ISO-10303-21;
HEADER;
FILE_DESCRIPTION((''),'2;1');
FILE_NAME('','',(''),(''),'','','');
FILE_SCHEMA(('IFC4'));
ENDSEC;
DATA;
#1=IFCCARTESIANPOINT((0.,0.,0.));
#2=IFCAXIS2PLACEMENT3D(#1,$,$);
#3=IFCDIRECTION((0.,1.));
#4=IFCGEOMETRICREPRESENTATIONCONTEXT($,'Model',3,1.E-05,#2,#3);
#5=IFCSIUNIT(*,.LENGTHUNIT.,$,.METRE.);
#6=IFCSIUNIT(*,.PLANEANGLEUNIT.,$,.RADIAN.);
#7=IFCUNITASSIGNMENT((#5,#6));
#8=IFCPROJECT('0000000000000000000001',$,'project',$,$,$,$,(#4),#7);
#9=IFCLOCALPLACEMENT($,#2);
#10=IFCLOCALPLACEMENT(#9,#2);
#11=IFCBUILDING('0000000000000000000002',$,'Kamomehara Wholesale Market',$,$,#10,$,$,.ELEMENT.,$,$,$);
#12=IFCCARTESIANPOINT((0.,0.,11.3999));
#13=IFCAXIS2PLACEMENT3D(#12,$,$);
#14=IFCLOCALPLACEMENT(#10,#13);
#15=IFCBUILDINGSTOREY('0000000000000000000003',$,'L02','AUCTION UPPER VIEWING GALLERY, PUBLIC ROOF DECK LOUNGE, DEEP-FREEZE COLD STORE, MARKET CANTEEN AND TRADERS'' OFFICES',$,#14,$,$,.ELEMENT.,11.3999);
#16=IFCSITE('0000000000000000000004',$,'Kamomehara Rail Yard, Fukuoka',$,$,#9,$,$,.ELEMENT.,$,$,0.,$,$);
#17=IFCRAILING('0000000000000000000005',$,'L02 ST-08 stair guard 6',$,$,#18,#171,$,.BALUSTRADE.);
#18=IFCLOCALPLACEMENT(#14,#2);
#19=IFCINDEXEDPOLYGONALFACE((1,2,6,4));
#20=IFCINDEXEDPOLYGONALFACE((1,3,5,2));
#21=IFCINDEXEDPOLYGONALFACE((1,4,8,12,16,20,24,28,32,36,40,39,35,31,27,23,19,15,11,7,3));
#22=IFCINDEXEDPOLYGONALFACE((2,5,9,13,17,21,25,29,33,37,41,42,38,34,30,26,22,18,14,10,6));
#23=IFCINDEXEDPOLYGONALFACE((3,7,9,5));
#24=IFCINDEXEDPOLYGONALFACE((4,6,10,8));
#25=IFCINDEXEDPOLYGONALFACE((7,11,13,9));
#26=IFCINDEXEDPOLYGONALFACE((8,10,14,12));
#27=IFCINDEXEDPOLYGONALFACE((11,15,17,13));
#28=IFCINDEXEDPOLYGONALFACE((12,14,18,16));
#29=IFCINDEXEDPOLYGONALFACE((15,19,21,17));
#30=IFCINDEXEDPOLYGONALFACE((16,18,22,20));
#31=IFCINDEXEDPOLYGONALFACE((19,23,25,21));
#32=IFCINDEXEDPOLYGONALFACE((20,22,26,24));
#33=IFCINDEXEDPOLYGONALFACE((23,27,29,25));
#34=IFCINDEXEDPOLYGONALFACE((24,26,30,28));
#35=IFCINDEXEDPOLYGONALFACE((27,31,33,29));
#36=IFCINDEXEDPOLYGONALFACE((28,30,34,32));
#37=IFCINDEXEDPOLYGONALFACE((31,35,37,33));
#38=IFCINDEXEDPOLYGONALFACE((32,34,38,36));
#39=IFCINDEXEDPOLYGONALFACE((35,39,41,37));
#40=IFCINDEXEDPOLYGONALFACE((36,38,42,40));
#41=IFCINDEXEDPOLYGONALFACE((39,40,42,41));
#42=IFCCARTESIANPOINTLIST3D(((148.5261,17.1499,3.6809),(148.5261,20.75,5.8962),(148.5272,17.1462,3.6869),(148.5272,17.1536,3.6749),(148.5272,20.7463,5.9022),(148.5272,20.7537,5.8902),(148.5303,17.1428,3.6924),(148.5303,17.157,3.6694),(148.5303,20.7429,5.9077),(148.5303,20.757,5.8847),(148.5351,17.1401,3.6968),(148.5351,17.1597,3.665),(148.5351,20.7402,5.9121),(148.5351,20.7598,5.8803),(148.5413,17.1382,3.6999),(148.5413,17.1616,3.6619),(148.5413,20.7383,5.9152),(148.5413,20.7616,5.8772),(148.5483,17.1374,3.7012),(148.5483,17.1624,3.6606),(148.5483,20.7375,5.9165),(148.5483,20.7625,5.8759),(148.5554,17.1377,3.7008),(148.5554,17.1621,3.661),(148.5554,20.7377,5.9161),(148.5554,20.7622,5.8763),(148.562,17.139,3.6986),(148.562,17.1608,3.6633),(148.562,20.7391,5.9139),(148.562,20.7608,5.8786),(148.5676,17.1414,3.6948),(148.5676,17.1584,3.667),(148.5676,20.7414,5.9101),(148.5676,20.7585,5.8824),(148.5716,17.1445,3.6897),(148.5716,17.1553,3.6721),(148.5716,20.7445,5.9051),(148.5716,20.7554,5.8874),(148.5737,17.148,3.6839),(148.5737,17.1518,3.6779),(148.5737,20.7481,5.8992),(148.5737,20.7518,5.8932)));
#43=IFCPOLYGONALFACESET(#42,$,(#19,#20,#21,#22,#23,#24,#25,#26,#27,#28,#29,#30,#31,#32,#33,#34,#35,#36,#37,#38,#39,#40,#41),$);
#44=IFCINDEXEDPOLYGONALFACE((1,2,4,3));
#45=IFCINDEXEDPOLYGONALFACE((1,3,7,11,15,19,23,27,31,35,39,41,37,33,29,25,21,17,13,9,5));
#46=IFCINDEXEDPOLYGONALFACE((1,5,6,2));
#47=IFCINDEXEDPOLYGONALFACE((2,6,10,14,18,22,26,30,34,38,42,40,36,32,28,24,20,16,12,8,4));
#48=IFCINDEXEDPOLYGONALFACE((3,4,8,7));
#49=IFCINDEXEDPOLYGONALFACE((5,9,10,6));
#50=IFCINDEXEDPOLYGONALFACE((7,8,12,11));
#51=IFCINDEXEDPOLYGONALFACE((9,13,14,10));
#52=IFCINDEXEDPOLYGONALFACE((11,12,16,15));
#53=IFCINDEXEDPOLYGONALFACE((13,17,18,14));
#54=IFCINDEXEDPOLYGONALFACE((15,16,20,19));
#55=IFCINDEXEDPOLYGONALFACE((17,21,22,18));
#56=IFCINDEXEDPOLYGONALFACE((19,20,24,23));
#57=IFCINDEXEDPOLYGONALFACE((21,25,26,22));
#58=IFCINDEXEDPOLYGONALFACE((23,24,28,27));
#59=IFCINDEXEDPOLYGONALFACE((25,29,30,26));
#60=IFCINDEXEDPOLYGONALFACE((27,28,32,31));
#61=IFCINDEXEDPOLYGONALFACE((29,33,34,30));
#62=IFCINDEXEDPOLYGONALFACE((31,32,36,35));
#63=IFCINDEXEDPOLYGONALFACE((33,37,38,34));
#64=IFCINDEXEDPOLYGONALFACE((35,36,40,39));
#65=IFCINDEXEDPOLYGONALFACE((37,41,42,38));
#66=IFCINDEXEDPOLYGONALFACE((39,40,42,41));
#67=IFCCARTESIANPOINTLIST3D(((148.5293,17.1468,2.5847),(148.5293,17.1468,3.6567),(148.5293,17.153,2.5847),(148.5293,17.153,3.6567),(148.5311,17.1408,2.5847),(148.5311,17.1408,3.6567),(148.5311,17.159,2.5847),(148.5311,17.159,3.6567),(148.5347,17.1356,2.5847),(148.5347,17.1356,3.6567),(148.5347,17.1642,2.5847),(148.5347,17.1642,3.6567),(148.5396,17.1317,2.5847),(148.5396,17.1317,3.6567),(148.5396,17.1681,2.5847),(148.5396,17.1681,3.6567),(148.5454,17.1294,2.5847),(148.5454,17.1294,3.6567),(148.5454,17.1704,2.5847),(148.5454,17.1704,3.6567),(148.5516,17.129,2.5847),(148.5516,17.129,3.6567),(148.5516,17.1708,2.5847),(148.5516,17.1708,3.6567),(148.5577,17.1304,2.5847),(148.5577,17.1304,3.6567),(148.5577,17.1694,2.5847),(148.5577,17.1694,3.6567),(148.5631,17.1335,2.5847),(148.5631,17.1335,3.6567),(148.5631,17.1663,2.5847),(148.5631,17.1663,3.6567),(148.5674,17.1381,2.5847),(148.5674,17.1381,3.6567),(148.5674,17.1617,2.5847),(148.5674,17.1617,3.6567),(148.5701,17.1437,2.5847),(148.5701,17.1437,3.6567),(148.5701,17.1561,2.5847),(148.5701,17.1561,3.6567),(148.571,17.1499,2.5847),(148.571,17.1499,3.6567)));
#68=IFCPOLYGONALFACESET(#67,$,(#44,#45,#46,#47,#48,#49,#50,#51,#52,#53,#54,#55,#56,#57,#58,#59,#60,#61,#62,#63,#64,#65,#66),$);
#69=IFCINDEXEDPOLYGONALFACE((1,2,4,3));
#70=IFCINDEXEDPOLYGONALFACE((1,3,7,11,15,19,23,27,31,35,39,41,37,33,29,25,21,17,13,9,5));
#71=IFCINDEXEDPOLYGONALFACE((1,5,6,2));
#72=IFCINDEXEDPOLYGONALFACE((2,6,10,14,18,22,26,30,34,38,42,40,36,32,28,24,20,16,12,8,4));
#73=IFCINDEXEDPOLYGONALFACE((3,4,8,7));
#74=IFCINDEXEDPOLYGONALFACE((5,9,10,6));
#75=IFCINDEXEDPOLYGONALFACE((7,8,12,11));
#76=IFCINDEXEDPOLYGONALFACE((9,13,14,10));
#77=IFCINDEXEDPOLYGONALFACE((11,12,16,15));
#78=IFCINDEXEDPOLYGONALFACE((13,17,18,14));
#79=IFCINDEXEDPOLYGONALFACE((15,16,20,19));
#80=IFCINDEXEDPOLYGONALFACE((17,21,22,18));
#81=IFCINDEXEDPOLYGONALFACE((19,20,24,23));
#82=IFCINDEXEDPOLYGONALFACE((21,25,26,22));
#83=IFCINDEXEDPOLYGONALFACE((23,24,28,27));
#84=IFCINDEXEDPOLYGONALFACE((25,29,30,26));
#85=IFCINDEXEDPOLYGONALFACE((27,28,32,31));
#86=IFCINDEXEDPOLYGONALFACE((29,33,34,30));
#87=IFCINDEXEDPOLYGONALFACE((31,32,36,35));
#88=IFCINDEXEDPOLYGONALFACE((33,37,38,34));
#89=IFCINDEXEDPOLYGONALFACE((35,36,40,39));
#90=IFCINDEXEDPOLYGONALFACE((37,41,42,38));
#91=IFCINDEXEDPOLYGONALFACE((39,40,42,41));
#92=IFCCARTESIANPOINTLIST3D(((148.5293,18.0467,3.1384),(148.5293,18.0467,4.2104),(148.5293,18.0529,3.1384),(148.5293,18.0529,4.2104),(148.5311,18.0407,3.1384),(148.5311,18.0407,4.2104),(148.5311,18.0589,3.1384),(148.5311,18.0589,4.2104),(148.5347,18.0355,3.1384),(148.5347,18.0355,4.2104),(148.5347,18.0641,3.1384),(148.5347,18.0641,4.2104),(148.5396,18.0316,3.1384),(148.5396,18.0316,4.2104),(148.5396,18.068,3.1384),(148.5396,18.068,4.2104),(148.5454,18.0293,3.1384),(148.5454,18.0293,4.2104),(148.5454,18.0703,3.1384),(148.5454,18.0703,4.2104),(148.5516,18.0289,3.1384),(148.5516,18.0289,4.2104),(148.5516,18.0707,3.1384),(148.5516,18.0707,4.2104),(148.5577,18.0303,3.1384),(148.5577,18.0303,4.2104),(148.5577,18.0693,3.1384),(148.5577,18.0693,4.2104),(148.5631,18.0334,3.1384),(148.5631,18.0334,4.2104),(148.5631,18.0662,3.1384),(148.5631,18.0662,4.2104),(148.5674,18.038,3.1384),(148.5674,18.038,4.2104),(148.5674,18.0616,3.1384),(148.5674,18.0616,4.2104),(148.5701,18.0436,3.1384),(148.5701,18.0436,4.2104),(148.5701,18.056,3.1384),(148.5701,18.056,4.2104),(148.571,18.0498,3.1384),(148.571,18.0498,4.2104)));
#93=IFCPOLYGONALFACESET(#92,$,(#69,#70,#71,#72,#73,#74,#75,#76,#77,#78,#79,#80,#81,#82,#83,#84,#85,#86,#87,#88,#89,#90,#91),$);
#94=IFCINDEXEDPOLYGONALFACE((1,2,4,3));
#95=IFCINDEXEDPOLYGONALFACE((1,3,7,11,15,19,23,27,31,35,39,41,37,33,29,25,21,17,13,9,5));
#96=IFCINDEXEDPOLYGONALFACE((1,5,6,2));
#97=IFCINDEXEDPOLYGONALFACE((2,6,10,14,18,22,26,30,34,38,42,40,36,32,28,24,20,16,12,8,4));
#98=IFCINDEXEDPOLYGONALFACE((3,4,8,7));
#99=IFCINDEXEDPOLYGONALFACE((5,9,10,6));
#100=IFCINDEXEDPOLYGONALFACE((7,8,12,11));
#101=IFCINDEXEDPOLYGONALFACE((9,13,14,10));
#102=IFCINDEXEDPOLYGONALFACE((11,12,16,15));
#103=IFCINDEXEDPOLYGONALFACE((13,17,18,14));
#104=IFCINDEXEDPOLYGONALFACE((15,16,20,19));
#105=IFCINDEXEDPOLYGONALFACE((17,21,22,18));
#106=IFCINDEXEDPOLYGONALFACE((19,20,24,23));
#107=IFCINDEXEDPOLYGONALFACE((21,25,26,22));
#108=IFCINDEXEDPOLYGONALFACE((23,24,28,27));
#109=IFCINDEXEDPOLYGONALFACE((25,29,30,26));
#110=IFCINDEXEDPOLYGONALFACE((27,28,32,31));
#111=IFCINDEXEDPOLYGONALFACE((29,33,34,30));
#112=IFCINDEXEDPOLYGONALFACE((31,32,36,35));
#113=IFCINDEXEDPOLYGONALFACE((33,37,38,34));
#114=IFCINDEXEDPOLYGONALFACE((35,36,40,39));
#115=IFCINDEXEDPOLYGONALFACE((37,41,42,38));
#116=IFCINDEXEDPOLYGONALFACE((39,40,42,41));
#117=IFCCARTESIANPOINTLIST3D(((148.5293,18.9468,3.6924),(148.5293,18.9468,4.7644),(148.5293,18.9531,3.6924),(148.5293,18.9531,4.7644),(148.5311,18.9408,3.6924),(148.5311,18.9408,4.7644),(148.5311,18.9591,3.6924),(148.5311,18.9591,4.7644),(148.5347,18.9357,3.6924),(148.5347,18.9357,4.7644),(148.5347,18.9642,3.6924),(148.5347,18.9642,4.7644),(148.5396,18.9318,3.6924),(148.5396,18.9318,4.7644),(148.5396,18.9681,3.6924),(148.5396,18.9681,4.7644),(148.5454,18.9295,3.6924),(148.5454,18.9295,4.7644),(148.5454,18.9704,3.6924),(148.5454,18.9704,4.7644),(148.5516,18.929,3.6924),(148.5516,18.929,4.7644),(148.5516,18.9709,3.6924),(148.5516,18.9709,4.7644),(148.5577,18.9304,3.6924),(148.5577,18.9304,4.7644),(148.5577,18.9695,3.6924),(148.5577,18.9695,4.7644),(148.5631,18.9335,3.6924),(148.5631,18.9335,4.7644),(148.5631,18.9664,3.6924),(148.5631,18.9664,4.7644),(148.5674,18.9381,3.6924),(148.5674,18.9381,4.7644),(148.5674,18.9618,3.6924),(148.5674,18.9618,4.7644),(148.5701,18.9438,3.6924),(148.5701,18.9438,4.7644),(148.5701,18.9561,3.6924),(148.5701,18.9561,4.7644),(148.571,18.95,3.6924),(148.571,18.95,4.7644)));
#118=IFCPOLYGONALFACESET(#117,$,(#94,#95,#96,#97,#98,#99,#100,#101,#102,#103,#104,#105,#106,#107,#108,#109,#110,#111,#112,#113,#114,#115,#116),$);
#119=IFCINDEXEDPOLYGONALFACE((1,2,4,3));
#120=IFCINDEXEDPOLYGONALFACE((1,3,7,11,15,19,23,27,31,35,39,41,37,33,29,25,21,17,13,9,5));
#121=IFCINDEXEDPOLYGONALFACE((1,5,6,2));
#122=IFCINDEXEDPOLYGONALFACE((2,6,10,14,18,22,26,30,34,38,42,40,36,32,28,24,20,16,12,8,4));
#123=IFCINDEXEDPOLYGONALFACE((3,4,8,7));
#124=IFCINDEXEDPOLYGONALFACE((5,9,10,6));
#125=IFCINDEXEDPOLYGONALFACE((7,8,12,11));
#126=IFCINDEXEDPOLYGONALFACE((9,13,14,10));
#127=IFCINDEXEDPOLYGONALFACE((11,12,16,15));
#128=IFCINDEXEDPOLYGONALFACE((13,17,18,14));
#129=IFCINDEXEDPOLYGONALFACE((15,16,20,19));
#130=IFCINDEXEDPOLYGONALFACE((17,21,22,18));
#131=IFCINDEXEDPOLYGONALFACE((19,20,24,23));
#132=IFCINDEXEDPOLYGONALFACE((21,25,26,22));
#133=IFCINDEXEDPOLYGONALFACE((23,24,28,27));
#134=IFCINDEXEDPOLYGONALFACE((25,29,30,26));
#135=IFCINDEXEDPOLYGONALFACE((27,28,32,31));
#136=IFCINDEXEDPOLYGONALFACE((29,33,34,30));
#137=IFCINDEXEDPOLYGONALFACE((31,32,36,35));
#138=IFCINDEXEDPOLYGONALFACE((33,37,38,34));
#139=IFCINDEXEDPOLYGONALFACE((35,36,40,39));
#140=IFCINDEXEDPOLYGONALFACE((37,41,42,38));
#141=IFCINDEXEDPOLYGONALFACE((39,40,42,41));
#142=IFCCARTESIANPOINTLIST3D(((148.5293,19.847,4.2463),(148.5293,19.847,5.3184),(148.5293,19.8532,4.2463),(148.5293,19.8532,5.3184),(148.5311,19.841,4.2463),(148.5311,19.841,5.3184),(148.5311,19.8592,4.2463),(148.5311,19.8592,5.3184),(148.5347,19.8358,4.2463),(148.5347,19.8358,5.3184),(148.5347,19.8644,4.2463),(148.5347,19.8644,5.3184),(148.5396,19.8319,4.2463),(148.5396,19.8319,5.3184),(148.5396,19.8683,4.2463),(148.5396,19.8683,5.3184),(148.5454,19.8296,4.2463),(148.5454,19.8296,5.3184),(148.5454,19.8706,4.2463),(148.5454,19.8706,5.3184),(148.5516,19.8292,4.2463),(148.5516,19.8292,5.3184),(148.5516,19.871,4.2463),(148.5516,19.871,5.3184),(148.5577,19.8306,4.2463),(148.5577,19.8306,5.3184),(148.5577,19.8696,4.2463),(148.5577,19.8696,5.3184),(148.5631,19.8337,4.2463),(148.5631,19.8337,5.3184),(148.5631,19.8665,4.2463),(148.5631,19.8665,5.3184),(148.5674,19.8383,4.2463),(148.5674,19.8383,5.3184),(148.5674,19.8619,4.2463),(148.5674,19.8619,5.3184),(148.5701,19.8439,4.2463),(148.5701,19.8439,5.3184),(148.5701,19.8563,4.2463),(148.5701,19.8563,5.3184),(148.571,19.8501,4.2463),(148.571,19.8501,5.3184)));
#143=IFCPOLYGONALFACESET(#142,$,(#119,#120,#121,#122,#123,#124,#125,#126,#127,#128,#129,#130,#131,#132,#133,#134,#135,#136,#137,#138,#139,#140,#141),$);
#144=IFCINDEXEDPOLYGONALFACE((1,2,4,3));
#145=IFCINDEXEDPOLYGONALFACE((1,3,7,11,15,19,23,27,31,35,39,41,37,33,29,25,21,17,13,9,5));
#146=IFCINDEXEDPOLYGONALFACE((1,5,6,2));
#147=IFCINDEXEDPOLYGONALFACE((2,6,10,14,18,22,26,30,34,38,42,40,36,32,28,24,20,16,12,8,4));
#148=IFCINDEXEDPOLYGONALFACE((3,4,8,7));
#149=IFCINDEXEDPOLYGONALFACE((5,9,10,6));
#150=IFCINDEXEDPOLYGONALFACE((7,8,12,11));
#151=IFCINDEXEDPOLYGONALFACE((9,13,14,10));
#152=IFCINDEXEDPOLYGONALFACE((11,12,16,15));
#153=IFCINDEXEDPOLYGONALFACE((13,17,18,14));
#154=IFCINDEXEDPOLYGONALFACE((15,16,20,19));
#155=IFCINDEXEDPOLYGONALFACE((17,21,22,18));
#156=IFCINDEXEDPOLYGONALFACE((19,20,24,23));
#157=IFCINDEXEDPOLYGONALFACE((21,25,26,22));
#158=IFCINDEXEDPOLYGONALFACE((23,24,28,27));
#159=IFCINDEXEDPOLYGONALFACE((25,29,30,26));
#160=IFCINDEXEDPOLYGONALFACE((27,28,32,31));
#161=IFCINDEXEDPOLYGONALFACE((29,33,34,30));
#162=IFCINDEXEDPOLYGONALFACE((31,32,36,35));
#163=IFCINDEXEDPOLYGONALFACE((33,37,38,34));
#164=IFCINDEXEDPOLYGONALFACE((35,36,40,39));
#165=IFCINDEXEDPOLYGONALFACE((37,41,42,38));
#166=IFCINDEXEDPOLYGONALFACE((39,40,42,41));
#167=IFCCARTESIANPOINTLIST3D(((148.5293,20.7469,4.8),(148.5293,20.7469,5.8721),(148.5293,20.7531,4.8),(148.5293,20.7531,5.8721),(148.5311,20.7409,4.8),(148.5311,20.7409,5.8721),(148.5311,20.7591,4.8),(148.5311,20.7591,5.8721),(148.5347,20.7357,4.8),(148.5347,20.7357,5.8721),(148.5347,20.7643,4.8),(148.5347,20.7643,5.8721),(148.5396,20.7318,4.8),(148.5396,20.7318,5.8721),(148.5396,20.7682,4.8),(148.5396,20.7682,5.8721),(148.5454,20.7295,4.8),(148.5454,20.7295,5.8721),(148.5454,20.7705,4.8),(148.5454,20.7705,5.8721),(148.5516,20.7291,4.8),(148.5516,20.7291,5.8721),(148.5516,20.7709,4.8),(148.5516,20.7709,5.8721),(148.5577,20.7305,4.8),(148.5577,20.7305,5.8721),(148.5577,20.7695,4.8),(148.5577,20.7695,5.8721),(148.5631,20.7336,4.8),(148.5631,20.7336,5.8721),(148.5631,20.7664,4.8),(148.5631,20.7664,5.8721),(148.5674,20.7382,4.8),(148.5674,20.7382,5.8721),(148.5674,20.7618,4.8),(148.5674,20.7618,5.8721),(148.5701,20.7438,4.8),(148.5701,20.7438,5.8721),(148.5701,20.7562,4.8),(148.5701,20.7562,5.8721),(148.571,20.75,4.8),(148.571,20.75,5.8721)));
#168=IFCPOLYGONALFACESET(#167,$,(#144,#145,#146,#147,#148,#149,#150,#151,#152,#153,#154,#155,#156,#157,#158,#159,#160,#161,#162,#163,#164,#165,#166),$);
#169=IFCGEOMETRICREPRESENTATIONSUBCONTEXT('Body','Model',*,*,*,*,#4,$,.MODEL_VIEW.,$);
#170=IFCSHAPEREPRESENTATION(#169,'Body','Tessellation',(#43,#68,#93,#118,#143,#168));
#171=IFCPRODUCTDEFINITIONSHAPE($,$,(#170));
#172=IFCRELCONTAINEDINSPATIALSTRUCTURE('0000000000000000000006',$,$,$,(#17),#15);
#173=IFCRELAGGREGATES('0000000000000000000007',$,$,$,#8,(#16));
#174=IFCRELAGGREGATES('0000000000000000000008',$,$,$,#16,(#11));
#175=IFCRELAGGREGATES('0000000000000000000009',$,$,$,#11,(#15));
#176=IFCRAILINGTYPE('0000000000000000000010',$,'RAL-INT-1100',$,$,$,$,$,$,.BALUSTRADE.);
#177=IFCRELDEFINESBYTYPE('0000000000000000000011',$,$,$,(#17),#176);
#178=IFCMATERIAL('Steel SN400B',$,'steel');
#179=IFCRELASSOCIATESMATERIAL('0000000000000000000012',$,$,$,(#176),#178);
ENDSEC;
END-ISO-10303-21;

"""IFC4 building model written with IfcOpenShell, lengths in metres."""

from ifc_helpers import new_model, si_unit, direction, frame, origin, origin_2d, place, context, subcontext, project, spatial, circle, extrude, material, type_object, element, save


model = new_model("IFC4")

# Units and contexts
model_context = context("Model", 3, precision=1e-05, world=origin(), true_north=direction((0.0, 1.0)))
body_context = subcontext(model_context, "Body", "Model", "MODEL_VIEW")
ifc_project = project(units=[si_unit("LENGTHUNIT", "METRE"), si_unit("PLANEANGLEUNIT", "RADIAN")], contexts=[model_context])

# Site, building, storey
site_placement = place(None, origin())
site = spatial("IfcSite", under=ifc_project, at=site_placement, Name="Kamomehara Rail Yard, Fukuoka", CompositionType="ELEMENT", RefElevation=0.0)
building_placement = place(site_placement, origin())
building = spatial("IfcBuilding", under=site, at=building_placement, Name="Kamomehara Wholesale Market", CompositionType="ELEMENT")
storey_placement = place(building_placement, frame((0.0, 0.0, 11.3999)))
storey = spatial("IfcBuildingStorey", under=building, at=storey_placement, Name="L02", Description="AUCTION UPPER VIEWING GALLERY, PUBLIC ROOF DECK LOUNGE, DEEP-FREEZE COLD STORE, MARKET CANTEEN AND TRADERS' OFFICES", CompositionType="ELEMENT", Elevation=11.3999)

# Railing
ifc_material_1 = material(Name="Steel SN400B", Category="steel")
railing_type_1 = type_object("IfcRailingType", Name="RAL-INT-1100", PredefinedType="BALUSTRADE", material=ifc_material_1)
railing_1_placement = place(storey_placement, frame((148.55, 17.1499, 2.5847)))
element("IfcRailing", 1, at=railing_1_placement, inside=storey, type_object=railing_type_1, Name="L02 ST-08 stair guard 6", PredefinedType="BALUSTRADE", context=body_context, shape_type="SweptSolid", body=[
    extrude(circle(Radius=0.0239, at=origin_2d()), frame((0.0, 0.0, 1.0962), z_axis=(0.0, 0.85167, 0.524078), x_axis=(-1.0, 0.0, 0.0)), (0.0, 0.0, 1.0), 4.2271),
    extrude(circle(Radius=0.021, at=origin_2d()), origin(), (0.0, 0.0, 1.0), 1.072),
    extrude(circle(Radius=0.021, at=origin_2d()), frame((0.0, 0.8999, 0.5537)), (0.0, 0.0, 1.0), 1.072),
    extrude(circle(Radius=0.021, at=origin_2d()), frame((0.0, 1.8, 1.1077)), (0.0, 0.0, 1.0), 1.072),
    extrude(circle(Radius=0.021, at=origin_2d()), frame((0.0, 2.7002, 1.6616)), (0.0, 0.0, 1.0), 1.072),
    extrude(circle(Radius=0.021, at=origin_2d()), frame((0.0, 3.6001, 2.2153)), (0.0, 0.0, 1.0), 1.072),
])

save(model, "model.ifc")
